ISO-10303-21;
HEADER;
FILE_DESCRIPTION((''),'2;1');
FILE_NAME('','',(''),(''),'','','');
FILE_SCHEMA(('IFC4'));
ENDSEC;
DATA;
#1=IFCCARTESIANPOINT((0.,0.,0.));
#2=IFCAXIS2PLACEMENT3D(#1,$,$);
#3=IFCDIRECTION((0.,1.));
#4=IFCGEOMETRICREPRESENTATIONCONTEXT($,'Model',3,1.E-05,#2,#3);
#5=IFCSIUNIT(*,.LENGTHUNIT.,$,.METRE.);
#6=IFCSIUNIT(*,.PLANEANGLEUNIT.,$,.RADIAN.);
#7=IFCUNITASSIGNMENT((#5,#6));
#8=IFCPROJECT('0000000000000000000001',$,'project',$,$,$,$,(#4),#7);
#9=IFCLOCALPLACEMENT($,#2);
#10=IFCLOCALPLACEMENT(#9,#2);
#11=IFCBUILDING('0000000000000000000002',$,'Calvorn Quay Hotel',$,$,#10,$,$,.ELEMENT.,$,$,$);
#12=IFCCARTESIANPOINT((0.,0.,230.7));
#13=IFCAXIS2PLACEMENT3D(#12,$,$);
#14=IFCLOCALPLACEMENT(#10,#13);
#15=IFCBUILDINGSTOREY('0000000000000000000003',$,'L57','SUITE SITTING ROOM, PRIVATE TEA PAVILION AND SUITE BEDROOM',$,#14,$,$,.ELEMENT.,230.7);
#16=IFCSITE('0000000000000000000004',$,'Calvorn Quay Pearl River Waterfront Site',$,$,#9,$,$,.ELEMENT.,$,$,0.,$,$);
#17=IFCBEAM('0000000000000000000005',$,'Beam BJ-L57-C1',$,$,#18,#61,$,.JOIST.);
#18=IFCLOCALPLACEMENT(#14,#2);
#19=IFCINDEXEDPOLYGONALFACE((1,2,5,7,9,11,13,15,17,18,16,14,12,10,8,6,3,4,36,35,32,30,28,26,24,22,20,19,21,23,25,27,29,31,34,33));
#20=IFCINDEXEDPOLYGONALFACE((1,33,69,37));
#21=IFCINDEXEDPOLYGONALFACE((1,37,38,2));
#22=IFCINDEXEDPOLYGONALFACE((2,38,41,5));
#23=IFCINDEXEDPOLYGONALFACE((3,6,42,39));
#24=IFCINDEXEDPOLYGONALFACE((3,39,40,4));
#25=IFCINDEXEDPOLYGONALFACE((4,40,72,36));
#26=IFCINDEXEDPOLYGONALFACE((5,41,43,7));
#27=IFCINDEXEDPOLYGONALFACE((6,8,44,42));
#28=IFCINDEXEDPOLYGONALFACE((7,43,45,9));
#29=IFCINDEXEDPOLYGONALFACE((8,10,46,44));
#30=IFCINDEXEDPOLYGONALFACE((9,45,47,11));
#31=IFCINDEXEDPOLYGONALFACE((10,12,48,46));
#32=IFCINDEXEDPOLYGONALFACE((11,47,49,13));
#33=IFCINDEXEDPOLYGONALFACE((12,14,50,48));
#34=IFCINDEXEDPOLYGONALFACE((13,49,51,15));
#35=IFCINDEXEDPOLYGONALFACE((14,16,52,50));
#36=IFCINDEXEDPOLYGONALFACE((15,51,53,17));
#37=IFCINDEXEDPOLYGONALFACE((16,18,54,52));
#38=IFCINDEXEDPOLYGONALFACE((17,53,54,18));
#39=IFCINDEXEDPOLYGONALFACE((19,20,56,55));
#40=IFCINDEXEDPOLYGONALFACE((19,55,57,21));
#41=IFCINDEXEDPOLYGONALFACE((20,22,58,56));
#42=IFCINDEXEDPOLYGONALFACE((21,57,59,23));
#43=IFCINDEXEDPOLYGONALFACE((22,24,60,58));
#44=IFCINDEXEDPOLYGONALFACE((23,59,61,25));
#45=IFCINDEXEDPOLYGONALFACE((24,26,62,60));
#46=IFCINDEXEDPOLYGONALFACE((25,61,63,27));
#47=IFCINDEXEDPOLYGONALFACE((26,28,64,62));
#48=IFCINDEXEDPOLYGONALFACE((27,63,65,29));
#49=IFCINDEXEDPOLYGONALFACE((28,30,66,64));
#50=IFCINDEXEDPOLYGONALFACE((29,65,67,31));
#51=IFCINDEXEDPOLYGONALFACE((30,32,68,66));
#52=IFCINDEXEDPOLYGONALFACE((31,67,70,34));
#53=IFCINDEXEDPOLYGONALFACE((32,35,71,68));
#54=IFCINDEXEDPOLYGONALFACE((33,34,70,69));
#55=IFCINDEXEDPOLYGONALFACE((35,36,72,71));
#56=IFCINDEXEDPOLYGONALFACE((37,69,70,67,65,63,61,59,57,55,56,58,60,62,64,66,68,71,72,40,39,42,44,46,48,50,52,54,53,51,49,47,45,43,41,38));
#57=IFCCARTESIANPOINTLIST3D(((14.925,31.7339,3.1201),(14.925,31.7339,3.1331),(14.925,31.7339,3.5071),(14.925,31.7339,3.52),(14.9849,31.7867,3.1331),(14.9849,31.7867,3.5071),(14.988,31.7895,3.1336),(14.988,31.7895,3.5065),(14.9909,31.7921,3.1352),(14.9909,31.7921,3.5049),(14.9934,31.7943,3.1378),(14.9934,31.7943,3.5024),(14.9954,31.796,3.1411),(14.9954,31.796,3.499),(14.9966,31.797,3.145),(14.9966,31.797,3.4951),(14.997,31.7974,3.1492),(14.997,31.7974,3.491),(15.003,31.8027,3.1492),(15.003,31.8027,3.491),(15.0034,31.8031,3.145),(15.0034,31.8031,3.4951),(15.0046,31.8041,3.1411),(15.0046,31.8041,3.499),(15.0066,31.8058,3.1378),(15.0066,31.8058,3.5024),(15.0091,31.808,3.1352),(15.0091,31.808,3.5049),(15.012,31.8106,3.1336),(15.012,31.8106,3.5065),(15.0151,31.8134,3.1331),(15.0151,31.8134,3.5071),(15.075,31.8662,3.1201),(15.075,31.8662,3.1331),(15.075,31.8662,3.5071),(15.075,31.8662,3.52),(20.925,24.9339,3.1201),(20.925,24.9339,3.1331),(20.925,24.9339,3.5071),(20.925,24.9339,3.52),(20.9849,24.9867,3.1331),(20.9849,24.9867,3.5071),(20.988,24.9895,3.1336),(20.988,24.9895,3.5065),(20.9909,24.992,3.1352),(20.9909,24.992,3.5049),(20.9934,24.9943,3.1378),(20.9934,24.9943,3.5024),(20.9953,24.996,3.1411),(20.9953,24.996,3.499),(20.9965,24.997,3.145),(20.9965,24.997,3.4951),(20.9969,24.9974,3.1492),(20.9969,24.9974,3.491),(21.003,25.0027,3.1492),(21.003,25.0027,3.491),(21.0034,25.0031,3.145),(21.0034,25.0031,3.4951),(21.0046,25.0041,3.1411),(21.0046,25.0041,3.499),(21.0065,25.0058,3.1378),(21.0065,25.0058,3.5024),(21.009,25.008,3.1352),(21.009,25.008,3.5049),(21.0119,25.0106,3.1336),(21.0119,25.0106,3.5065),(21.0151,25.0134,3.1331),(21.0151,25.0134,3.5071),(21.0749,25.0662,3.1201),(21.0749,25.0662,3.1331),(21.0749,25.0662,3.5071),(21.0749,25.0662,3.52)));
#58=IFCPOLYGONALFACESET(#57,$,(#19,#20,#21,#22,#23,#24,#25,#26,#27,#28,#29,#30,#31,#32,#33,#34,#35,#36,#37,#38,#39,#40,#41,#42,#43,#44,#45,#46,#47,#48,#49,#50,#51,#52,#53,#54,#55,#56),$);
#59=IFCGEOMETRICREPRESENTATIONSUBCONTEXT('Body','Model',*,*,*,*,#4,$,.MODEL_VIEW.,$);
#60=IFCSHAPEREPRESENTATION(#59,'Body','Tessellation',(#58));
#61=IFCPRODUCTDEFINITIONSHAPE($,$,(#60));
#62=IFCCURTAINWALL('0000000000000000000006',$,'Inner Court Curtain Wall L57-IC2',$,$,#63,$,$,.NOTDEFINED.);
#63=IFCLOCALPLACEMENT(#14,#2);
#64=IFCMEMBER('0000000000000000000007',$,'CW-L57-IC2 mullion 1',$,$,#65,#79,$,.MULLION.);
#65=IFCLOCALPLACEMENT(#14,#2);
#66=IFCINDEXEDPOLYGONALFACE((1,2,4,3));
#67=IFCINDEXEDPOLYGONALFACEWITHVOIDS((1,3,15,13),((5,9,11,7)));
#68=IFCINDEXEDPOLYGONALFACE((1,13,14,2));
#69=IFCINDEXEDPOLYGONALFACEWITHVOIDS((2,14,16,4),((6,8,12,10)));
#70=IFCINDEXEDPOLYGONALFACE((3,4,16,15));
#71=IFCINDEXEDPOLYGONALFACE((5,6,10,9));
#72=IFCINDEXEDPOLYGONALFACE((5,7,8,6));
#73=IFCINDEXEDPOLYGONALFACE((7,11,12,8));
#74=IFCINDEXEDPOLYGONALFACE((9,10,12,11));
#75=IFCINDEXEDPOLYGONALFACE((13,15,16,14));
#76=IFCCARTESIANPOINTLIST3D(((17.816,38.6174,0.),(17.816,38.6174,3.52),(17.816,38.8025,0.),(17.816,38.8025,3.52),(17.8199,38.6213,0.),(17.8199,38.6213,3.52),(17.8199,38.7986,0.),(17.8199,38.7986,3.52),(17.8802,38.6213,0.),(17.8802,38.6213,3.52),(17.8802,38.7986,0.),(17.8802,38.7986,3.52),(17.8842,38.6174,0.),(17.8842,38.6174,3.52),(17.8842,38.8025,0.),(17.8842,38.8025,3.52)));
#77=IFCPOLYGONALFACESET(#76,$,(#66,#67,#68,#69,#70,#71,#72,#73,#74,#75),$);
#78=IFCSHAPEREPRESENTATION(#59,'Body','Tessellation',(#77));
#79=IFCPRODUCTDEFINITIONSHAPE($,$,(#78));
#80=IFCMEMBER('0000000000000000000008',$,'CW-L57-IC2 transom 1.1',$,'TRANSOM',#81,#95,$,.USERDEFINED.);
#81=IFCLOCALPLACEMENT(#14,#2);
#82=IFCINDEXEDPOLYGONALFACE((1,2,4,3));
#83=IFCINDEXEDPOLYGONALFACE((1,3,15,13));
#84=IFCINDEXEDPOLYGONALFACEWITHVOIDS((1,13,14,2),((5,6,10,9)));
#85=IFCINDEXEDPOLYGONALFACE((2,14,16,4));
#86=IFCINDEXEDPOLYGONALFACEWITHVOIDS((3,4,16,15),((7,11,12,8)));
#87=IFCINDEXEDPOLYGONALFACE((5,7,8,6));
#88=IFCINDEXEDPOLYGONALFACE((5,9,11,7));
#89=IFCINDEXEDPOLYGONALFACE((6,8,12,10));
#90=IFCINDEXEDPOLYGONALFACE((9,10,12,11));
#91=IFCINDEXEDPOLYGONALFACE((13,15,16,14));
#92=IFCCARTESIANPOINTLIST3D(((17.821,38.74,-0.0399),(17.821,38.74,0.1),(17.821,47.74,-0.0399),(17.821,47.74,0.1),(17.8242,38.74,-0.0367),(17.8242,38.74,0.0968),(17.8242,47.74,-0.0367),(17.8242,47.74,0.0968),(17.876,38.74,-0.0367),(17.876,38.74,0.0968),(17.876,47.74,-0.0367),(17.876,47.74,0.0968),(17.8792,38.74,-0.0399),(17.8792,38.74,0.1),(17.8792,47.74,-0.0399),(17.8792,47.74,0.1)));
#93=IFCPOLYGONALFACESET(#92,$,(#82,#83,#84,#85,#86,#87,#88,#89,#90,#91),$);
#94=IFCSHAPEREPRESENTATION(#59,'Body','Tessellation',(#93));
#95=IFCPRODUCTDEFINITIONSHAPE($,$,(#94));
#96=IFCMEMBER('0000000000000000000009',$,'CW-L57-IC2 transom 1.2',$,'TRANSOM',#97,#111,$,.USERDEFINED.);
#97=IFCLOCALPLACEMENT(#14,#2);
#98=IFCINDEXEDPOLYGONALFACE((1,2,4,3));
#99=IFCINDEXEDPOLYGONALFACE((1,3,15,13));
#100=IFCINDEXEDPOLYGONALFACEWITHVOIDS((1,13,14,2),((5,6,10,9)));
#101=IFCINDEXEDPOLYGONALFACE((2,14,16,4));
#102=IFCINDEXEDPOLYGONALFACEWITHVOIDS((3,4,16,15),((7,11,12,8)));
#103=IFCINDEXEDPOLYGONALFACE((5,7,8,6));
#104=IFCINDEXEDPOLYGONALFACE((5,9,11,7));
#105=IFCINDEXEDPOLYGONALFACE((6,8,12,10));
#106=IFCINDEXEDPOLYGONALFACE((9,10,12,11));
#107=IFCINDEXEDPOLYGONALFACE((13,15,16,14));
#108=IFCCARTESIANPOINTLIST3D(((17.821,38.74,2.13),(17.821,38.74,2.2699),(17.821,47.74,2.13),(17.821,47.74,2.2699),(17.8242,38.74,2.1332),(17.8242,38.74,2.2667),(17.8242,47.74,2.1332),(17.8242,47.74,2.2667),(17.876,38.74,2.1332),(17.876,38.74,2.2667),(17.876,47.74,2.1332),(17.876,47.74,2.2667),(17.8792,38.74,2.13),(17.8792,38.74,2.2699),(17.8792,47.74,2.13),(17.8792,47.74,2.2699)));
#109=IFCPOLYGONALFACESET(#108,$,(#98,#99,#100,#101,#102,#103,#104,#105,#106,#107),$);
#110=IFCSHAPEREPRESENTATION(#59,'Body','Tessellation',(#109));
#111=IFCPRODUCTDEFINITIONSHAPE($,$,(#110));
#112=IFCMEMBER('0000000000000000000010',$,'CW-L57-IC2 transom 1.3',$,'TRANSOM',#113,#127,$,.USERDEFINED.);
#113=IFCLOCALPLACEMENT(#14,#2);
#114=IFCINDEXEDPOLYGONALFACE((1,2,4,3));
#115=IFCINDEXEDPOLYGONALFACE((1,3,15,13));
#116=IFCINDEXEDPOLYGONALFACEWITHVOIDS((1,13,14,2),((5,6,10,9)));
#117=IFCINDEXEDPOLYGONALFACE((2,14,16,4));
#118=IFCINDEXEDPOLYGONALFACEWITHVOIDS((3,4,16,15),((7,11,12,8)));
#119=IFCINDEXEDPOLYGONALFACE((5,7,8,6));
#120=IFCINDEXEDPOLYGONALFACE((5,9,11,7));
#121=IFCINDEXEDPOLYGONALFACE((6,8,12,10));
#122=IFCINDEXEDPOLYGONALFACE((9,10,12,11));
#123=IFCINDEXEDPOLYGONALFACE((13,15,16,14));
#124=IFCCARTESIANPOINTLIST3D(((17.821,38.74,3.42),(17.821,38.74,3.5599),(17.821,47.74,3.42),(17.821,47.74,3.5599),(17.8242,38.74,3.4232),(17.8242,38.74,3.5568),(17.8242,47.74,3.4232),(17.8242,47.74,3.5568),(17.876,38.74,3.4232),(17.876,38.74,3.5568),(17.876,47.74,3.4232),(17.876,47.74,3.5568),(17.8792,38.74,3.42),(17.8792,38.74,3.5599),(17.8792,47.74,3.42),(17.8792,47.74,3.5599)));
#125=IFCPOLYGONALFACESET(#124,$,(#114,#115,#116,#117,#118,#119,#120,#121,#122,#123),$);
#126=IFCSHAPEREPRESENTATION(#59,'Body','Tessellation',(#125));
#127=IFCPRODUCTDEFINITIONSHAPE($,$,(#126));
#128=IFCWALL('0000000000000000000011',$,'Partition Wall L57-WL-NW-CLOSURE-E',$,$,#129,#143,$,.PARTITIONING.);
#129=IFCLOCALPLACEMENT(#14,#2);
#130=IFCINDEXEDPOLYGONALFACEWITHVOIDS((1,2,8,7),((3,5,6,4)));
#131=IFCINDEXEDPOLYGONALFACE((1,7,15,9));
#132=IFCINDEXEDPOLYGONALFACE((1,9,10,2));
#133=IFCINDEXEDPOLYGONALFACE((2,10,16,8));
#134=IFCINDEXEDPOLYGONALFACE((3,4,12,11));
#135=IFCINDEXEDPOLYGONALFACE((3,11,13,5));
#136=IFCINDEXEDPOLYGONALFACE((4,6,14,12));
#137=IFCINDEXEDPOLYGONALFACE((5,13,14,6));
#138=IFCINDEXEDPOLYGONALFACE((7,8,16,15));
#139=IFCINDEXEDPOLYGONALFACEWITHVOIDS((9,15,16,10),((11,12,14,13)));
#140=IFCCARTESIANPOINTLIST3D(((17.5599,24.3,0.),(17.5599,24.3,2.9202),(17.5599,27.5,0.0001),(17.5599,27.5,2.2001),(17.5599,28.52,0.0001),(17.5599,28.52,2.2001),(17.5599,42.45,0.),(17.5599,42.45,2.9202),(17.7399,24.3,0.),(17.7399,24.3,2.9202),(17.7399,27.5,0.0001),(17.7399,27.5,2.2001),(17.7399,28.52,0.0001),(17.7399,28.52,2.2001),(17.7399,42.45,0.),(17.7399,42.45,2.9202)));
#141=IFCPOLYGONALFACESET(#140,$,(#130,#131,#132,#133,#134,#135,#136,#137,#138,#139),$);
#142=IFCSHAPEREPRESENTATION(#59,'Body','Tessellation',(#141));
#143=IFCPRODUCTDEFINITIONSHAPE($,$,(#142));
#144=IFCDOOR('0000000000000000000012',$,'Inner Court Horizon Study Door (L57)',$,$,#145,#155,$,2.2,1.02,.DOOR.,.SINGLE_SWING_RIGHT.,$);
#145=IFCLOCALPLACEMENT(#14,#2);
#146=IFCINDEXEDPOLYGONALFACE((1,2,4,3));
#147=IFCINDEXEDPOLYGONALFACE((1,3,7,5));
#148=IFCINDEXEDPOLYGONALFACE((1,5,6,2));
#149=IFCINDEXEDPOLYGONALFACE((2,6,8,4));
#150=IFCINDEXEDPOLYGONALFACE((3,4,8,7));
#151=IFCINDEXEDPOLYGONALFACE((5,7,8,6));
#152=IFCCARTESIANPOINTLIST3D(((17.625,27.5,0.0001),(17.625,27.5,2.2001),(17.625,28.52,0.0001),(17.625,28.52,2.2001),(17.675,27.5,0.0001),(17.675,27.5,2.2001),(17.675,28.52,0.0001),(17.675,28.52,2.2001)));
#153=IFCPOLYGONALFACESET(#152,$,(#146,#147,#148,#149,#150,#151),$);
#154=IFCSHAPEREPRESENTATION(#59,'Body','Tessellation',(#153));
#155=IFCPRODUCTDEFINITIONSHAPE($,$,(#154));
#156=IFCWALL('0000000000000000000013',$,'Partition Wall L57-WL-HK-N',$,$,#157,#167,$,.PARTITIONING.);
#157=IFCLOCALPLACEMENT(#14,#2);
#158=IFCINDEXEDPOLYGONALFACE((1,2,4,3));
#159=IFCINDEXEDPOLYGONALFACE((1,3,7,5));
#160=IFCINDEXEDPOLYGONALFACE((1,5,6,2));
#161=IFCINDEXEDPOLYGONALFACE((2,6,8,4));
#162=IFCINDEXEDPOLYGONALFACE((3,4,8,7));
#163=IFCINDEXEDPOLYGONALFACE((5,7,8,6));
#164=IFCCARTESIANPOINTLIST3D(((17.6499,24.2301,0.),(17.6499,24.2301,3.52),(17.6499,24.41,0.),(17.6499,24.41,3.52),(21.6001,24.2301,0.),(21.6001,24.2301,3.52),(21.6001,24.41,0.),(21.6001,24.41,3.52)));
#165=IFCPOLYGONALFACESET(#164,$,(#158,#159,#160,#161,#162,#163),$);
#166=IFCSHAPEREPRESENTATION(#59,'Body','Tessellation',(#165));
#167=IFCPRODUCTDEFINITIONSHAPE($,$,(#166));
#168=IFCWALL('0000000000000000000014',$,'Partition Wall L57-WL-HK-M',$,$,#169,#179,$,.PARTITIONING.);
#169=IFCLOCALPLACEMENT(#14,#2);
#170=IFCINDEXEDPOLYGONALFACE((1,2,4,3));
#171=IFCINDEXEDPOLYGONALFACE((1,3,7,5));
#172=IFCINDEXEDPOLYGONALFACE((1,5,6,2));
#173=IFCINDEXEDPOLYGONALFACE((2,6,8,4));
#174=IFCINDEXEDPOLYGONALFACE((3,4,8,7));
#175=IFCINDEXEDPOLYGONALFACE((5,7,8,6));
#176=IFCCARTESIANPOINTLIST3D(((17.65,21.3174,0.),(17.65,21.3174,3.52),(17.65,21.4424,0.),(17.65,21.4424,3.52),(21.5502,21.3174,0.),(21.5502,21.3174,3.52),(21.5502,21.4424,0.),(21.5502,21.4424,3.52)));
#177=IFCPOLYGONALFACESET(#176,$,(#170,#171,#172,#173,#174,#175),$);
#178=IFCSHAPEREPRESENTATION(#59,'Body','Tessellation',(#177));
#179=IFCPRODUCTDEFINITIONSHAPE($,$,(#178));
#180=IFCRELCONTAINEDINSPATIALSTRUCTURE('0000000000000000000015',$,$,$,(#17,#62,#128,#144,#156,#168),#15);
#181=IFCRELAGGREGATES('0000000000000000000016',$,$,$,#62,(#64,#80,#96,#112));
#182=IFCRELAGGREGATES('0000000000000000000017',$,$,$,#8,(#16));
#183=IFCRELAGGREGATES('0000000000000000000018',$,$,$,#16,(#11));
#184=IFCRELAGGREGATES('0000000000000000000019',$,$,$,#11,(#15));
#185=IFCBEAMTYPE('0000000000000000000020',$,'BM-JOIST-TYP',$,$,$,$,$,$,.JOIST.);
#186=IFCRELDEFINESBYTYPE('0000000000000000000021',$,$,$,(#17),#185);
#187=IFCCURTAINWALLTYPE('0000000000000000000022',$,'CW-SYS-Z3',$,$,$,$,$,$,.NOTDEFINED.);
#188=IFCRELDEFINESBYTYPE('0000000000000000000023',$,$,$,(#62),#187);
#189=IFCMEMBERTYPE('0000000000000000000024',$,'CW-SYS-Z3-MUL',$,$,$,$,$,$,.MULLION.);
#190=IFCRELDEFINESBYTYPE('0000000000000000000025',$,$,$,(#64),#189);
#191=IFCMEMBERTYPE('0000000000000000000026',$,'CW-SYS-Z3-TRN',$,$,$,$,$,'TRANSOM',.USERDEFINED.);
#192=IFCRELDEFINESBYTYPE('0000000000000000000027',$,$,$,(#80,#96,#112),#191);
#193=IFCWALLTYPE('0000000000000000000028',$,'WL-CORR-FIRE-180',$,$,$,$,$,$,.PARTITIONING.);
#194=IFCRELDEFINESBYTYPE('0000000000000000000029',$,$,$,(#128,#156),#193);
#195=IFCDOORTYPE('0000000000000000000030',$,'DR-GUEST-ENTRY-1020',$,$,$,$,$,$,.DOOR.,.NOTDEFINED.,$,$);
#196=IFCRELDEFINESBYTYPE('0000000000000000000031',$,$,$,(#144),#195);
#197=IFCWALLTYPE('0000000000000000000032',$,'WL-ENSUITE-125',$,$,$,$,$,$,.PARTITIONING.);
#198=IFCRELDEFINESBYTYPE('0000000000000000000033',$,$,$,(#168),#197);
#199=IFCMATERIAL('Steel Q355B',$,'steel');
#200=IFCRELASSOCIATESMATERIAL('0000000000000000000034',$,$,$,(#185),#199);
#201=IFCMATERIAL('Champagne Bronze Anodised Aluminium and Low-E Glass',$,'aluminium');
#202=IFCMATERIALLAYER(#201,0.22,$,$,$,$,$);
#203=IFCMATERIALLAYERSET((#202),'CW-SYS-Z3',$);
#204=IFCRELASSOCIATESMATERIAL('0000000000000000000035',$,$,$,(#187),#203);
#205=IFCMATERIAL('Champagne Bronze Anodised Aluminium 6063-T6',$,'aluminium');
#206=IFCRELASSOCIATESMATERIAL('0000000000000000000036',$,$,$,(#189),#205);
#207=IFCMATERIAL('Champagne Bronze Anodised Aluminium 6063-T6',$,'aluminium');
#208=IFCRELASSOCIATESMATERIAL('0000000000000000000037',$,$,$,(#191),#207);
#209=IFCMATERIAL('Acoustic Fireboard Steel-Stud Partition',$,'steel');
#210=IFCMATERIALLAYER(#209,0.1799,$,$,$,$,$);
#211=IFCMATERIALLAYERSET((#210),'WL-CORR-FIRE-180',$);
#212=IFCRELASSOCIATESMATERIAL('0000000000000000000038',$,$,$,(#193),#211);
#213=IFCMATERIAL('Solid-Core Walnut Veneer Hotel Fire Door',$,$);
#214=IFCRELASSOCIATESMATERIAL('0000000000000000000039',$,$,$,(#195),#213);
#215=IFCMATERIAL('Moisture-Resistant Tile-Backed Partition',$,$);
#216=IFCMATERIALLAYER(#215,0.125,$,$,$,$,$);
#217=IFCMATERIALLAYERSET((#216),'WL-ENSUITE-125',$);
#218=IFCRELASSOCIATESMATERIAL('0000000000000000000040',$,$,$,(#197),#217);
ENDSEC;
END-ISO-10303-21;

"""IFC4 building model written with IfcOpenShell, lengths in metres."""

from ifc_helpers import new_model, si_unit, direction, frame, frame_2d, origin, origin_2d, place, context, subcontext, project, spatial, rectangle, hollow_rectangle, i_section, extrude, material, layer, layer_set, material_profile, profile_set, type_object, element, fill, aggregate, save


model = new_model("IFC4")

# Units and contexts
model_context = context("Model", 3, precision=1e-05, world=origin(), true_north=direction((0.0, 1.0)))
body_context = subcontext(model_context, "Body", "Model", "MODEL_VIEW")
ifc_project = project(units=[si_unit("LENGTHUNIT", "METRE"), si_unit("PLANEANGLEUNIT", "RADIAN")], contexts=[model_context])

# Site, building, storey
site_placement = place(None, origin())
site = spatial("IfcSite", under=ifc_project, at=site_placement, Name="Calvorn Quay Pearl River Waterfront Site", CompositionType="ELEMENT", RefElevation=0.0)
building_placement = place(site_placement, origin())
building = spatial("IfcBuilding", under=site, at=building_placement, Name="Calvorn Quay Hotel", CompositionType="ELEMENT")
storey_placement = place(building_placement, frame((0.0, 0.0, 230.7)))
storey = spatial("IfcBuildingStorey", under=building, at=storey_placement, Name="L57", Description="SUITE SITTING ROOM, PRIVATE TEA PAVILION AND SUITE BEDROOM", CompositionType="ELEMENT", Elevation=230.7)

# Beam
ifc_material_1 = material(Name="Steel Q355B", Category="steel")
ifc_material_profile_1 = material_profile(ifc_material_1, i_section(OverallWidth=0.2, OverallDepth=0.3999, WebThickness=0.0081, FlangeThickness=0.0129, FilletRadius=0.0161, at=origin_2d()), Name="HN400x200x8x13")
ifc_profile_set_1 = profile_set([ifc_material_profile_1], Name="Steel Q355B")
beam_type = type_object("IfcBeamType", Name="BM-JOIST-TYP", PredefinedType="JOIST", material=ifc_profile_set_1)
beam_placement = place(storey_placement, frame((15.0, 31.8, 3.3201), z_axis=(0.661619, -0.74984, 0.0), x_axis=(0.74984, 0.661619, 0.0)))
element("IfcBeam", 1, at=beam_placement, inside=storey, type_object=beam_type, Name="Beam BJ-L57-C1", PredefinedType="JOIST", context=body_context, shape_type="SweptSolid", body=[
    extrude(i_section(OverallWidth=0.2, OverallDepth=0.3999, WebThickness=0.0081, FlangeThickness=0.0129, FilletRadius=0.0161, at=origin_2d()), origin(), (0.0, 0.0, 1.0), 9.0686),
])

# Curtain wall, members
ifc_material_2 = material(Name="Champagne Bronze Anodised Aluminium and Low-E Glass", Category="aluminium")
ifc_layer_1 = layer(ifc_material_2, 0.22)
ifc_layer_set_1 = layer_set([ifc_layer_1], Name="CW-SYS-Z3")
curtain_wall_type = type_object("IfcCurtainWallType", Name="CW-SYS-Z3", PredefinedType="NOTDEFINED", material=ifc_layer_set_1)
curtain_wall_placement = place(storey_placement, origin())
curtain_wall = element("IfcCurtainWall", 2, at=curtain_wall_placement, inside=storey, type_object=curtain_wall_type, Name="Inner Court Curtain Wall L57-IC2", PredefinedType="NOTDEFINED")
ifc_material_3 = material(Name="Champagne Bronze Anodised Aluminium 6063-T6", Category="aluminium")
ifc_material_profile_2 = material_profile(ifc_material_3, hollow_rectangle(XDim=0.0681, YDim=0.1851, WallThickness=0.0039, at=origin_2d()), Name="ALU-M185x68x4")
ifc_profile_set_2 = profile_set([ifc_material_profile_2], Name="Champagne Bronze Anodised Aluminium 6063-T6")
member_type_1 = type_object("IfcMemberType", Name="CW-SYS-Z3-MUL", PredefinedType="MULLION", material=ifc_profile_set_2)
member_1_placement = place(storey_placement, frame((17.8501, 38.71, 0.0), z_axis=(0.0, 0.0, 1.0), x_axis=(-1.0, 0.0, 0.0)))
member_1 = element("IfcMember", 3, at=member_1_placement, type_object=member_type_1, Name="CW-L57-IC2 mullion 1", PredefinedType="MULLION", context=body_context, shape_type="SweptSolid", body=[
    extrude(hollow_rectangle(XDim=0.0681, YDim=0.1851, WallThickness=0.0039, at=origin_2d()), origin(), (0.0, 0.0, 1.0), 3.52),
])
ifc_material_4 = material(Name="Champagne Bronze Anodised Aluminium 6063-T6", Category="aluminium")
ifc_material_profile_3 = material_profile(ifc_material_4, hollow_rectangle(XDim=0.0581, YDim=0.1399, WallThickness=0.0032, at=origin_2d()), Name="ALU-T140x58x3.2")
ifc_profile_set_3 = profile_set([ifc_material_profile_3], Name="Champagne Bronze Anodised Aluminium 6063-T6")
member_type_2 = type_object("IfcMemberType", Name="CW-SYS-Z3-TRN", ElementType="TRANSOM", PredefinedType="USERDEFINED", material=ifc_profile_set_3)
member_2_placement = place(storey_placement, frame((17.8501, 38.74, 0.03), z_axis=(0.0, 1.0, 0.0), x_axis=(-1.0, 0.0, 0.0)))
member_2 = element("IfcMember", 4, at=member_2_placement, type_object=member_type_2, Name="CW-L57-IC2 transom 1.1", ObjectType="TRANSOM", PredefinedType="USERDEFINED", context=body_context, shape_type="SweptSolid", body=[
    extrude(hollow_rectangle(XDim=0.0581, YDim=0.1399, WallThickness=0.0032, at=origin_2d()), origin(), (0.0, 0.0, 1.0), 9.0),
])
member_3_placement = place(storey_placement, frame((17.8501, 38.74, 2.2), z_axis=(0.0, 1.0, 0.0), x_axis=(-1.0, 0.0, 0.0)))
member_3 = element("IfcMember", 5, at=member_3_placement, type_object=member_type_2, Name="CW-L57-IC2 transom 1.2", ObjectType="TRANSOM", PredefinedType="USERDEFINED", context=body_context, shape_type="SweptSolid", body=[
    extrude(hollow_rectangle(XDim=0.0581, YDim=0.1399, WallThickness=0.0032, at=origin_2d()), origin(), (0.0, 0.0, 1.0), 9.0),
])
member_4_placement = place(storey_placement, frame((17.8501, 38.74, 3.49), z_axis=(0.0, 1.0, 0.0), x_axis=(-1.0, 0.0, 0.0)))
member_4 = element("IfcMember", 6, at=member_4_placement, type_object=member_type_2, Name="CW-L57-IC2 transom 1.3", ObjectType="TRANSOM", PredefinedType="USERDEFINED", context=body_context, shape_type="SweptSolid", body=[
    extrude(hollow_rectangle(XDim=0.0581, YDim=0.1399, WallThickness=0.0032, at=origin_2d()), origin(), (0.0, 0.0, 1.0), 9.0),
])
aggregate(curtain_wall, [member_1, member_2, member_3, member_4])

# Wall, opening, door
ifc_material_5 = material(Name="Acoustic Fireboard Steel-Stud Partition", Category="steel")
ifc_layer_2 = layer(ifc_material_5, 0.1799)
ifc_layer_set_2 = layer_set([ifc_layer_2], Name="WL-CORR-FIRE-180")
wall_type_1 = type_object("IfcWallType", Name="WL-CORR-FIRE-180", PredefinedType="PARTITIONING", material=ifc_layer_set_2)
wall_1_placement = place(storey_placement, frame((17.6499, 24.3, 0.0), z_axis=(0.0, 0.0, 1.0), x_axis=(0.0, 1.0, 0.0)))
wall_1 = element("IfcWall", 7, at=wall_1_placement, inside=storey, type_object=wall_type_1, Name="Partition Wall L57-WL-NW-CLOSURE-E", PredefinedType="PARTITIONING", context=body_context, shape_type="SweptSolid", body=[
    extrude(rectangle(XDim=18.1499, YDim=0.1799, at=frame_2d((9.075, 0.0))), origin(), (0.0, 0.0, 1.0), 2.9202),
])
opening_1_placement = place(wall_1_placement, frame((3.2, 0.0, 0.0)))
opening_1 = element("IfcOpeningElement", 8, at=opening_1_placement, cuts=wall_1, PredefinedType="OPENING", context=body_context, shape_type="SweptSolid", body=[
    extrude(rectangle(XDim=1.02, YDim=2.2, at=frame_2d((0.51, 1.1001))), frame((0.0, 0.0999, 0.0), z_axis=(0.0, -1.0, 0.0), x_axis=(1.0, 0.0, 0.0)), (0.0, 0.0, 1.0), 0.2),
])
ifc_material_6 = material(Name="Solid-Core Walnut Veneer Hotel Fire Door")
door_type_1 = type_object("IfcDoorType", Name="DR-GUEST-ENTRY-1020", OperationType="NOTDEFINED", PredefinedType="DOOR", material=ifc_material_6)
door_1_placement = place(opening_1_placement, origin())
door_1 = element("IfcDoor", 9, at=door_1_placement, inside=storey, type_object=door_type_1, Name="Inner Court Horizon Study Door (L57)", OperationType="SINGLE_SWING_RIGHT", OverallHeight=2.2, OverallWidth=1.02, PredefinedType="DOOR", context=body_context, shape_type="SweptSolid", body=[
    extrude(rectangle(XDim=1.02, YDim=2.2, at=frame_2d((0.51, 1.1001))), frame((0.0, 0.0249, 0.0), z_axis=(0.0, -1.0, 0.0), x_axis=(1.0, 0.0, 0.0)), (0.0, 0.0, 1.0), 0.05),
])
fill(opening_1, door_1)

# Walls
wall_2_placement = place(storey_placement, frame((17.6499, 24.3201, 0.0), z_axis=(0.0, 0.0, 1.0), x_axis=(1.0, 0.0, 0.0)))
element("IfcWall", 10, at=wall_2_placement, inside=storey, type_object=wall_type_1, Name="Partition Wall L57-WL-HK-N", PredefinedType="PARTITIONING", context=body_context, shape_type="SweptSolid", body=[
    extrude(rectangle(XDim=3.9502, YDim=0.1799, at=frame_2d((1.9751, 0.0))), origin(), (0.0, 0.0, 1.0), 3.52),
])
ifc_material_7 = material(Name="Moisture-Resistant Tile-Backed Partition")
ifc_layer_3 = layer(ifc_material_7, 0.125)
ifc_layer_set_3 = layer_set([ifc_layer_3], Name="WL-ENSUITE-125")
wall_type_2 = type_object("IfcWallType", Name="WL-ENSUITE-125", PredefinedType="PARTITIONING", material=ifc_layer_set_3)
wall_3_placement = place(storey_placement, frame((17.6499, 21.3799, 0.0), z_axis=(0.0, 0.0, 1.0), x_axis=(1.0, 0.0, 0.0)))
element("IfcWall", 11, at=wall_3_placement, inside=storey, type_object=wall_type_2, Name="Partition Wall L57-WL-HK-M", PredefinedType="PARTITIONING", context=body_context, shape_type="SweptSolid", body=[
    extrude(rectangle(XDim=3.9001, YDim=0.125, at=frame_2d((1.9502, 0.0))), origin(), (0.0, 0.0, 1.0), 3.52),
])

save(model, "model.ifc")
